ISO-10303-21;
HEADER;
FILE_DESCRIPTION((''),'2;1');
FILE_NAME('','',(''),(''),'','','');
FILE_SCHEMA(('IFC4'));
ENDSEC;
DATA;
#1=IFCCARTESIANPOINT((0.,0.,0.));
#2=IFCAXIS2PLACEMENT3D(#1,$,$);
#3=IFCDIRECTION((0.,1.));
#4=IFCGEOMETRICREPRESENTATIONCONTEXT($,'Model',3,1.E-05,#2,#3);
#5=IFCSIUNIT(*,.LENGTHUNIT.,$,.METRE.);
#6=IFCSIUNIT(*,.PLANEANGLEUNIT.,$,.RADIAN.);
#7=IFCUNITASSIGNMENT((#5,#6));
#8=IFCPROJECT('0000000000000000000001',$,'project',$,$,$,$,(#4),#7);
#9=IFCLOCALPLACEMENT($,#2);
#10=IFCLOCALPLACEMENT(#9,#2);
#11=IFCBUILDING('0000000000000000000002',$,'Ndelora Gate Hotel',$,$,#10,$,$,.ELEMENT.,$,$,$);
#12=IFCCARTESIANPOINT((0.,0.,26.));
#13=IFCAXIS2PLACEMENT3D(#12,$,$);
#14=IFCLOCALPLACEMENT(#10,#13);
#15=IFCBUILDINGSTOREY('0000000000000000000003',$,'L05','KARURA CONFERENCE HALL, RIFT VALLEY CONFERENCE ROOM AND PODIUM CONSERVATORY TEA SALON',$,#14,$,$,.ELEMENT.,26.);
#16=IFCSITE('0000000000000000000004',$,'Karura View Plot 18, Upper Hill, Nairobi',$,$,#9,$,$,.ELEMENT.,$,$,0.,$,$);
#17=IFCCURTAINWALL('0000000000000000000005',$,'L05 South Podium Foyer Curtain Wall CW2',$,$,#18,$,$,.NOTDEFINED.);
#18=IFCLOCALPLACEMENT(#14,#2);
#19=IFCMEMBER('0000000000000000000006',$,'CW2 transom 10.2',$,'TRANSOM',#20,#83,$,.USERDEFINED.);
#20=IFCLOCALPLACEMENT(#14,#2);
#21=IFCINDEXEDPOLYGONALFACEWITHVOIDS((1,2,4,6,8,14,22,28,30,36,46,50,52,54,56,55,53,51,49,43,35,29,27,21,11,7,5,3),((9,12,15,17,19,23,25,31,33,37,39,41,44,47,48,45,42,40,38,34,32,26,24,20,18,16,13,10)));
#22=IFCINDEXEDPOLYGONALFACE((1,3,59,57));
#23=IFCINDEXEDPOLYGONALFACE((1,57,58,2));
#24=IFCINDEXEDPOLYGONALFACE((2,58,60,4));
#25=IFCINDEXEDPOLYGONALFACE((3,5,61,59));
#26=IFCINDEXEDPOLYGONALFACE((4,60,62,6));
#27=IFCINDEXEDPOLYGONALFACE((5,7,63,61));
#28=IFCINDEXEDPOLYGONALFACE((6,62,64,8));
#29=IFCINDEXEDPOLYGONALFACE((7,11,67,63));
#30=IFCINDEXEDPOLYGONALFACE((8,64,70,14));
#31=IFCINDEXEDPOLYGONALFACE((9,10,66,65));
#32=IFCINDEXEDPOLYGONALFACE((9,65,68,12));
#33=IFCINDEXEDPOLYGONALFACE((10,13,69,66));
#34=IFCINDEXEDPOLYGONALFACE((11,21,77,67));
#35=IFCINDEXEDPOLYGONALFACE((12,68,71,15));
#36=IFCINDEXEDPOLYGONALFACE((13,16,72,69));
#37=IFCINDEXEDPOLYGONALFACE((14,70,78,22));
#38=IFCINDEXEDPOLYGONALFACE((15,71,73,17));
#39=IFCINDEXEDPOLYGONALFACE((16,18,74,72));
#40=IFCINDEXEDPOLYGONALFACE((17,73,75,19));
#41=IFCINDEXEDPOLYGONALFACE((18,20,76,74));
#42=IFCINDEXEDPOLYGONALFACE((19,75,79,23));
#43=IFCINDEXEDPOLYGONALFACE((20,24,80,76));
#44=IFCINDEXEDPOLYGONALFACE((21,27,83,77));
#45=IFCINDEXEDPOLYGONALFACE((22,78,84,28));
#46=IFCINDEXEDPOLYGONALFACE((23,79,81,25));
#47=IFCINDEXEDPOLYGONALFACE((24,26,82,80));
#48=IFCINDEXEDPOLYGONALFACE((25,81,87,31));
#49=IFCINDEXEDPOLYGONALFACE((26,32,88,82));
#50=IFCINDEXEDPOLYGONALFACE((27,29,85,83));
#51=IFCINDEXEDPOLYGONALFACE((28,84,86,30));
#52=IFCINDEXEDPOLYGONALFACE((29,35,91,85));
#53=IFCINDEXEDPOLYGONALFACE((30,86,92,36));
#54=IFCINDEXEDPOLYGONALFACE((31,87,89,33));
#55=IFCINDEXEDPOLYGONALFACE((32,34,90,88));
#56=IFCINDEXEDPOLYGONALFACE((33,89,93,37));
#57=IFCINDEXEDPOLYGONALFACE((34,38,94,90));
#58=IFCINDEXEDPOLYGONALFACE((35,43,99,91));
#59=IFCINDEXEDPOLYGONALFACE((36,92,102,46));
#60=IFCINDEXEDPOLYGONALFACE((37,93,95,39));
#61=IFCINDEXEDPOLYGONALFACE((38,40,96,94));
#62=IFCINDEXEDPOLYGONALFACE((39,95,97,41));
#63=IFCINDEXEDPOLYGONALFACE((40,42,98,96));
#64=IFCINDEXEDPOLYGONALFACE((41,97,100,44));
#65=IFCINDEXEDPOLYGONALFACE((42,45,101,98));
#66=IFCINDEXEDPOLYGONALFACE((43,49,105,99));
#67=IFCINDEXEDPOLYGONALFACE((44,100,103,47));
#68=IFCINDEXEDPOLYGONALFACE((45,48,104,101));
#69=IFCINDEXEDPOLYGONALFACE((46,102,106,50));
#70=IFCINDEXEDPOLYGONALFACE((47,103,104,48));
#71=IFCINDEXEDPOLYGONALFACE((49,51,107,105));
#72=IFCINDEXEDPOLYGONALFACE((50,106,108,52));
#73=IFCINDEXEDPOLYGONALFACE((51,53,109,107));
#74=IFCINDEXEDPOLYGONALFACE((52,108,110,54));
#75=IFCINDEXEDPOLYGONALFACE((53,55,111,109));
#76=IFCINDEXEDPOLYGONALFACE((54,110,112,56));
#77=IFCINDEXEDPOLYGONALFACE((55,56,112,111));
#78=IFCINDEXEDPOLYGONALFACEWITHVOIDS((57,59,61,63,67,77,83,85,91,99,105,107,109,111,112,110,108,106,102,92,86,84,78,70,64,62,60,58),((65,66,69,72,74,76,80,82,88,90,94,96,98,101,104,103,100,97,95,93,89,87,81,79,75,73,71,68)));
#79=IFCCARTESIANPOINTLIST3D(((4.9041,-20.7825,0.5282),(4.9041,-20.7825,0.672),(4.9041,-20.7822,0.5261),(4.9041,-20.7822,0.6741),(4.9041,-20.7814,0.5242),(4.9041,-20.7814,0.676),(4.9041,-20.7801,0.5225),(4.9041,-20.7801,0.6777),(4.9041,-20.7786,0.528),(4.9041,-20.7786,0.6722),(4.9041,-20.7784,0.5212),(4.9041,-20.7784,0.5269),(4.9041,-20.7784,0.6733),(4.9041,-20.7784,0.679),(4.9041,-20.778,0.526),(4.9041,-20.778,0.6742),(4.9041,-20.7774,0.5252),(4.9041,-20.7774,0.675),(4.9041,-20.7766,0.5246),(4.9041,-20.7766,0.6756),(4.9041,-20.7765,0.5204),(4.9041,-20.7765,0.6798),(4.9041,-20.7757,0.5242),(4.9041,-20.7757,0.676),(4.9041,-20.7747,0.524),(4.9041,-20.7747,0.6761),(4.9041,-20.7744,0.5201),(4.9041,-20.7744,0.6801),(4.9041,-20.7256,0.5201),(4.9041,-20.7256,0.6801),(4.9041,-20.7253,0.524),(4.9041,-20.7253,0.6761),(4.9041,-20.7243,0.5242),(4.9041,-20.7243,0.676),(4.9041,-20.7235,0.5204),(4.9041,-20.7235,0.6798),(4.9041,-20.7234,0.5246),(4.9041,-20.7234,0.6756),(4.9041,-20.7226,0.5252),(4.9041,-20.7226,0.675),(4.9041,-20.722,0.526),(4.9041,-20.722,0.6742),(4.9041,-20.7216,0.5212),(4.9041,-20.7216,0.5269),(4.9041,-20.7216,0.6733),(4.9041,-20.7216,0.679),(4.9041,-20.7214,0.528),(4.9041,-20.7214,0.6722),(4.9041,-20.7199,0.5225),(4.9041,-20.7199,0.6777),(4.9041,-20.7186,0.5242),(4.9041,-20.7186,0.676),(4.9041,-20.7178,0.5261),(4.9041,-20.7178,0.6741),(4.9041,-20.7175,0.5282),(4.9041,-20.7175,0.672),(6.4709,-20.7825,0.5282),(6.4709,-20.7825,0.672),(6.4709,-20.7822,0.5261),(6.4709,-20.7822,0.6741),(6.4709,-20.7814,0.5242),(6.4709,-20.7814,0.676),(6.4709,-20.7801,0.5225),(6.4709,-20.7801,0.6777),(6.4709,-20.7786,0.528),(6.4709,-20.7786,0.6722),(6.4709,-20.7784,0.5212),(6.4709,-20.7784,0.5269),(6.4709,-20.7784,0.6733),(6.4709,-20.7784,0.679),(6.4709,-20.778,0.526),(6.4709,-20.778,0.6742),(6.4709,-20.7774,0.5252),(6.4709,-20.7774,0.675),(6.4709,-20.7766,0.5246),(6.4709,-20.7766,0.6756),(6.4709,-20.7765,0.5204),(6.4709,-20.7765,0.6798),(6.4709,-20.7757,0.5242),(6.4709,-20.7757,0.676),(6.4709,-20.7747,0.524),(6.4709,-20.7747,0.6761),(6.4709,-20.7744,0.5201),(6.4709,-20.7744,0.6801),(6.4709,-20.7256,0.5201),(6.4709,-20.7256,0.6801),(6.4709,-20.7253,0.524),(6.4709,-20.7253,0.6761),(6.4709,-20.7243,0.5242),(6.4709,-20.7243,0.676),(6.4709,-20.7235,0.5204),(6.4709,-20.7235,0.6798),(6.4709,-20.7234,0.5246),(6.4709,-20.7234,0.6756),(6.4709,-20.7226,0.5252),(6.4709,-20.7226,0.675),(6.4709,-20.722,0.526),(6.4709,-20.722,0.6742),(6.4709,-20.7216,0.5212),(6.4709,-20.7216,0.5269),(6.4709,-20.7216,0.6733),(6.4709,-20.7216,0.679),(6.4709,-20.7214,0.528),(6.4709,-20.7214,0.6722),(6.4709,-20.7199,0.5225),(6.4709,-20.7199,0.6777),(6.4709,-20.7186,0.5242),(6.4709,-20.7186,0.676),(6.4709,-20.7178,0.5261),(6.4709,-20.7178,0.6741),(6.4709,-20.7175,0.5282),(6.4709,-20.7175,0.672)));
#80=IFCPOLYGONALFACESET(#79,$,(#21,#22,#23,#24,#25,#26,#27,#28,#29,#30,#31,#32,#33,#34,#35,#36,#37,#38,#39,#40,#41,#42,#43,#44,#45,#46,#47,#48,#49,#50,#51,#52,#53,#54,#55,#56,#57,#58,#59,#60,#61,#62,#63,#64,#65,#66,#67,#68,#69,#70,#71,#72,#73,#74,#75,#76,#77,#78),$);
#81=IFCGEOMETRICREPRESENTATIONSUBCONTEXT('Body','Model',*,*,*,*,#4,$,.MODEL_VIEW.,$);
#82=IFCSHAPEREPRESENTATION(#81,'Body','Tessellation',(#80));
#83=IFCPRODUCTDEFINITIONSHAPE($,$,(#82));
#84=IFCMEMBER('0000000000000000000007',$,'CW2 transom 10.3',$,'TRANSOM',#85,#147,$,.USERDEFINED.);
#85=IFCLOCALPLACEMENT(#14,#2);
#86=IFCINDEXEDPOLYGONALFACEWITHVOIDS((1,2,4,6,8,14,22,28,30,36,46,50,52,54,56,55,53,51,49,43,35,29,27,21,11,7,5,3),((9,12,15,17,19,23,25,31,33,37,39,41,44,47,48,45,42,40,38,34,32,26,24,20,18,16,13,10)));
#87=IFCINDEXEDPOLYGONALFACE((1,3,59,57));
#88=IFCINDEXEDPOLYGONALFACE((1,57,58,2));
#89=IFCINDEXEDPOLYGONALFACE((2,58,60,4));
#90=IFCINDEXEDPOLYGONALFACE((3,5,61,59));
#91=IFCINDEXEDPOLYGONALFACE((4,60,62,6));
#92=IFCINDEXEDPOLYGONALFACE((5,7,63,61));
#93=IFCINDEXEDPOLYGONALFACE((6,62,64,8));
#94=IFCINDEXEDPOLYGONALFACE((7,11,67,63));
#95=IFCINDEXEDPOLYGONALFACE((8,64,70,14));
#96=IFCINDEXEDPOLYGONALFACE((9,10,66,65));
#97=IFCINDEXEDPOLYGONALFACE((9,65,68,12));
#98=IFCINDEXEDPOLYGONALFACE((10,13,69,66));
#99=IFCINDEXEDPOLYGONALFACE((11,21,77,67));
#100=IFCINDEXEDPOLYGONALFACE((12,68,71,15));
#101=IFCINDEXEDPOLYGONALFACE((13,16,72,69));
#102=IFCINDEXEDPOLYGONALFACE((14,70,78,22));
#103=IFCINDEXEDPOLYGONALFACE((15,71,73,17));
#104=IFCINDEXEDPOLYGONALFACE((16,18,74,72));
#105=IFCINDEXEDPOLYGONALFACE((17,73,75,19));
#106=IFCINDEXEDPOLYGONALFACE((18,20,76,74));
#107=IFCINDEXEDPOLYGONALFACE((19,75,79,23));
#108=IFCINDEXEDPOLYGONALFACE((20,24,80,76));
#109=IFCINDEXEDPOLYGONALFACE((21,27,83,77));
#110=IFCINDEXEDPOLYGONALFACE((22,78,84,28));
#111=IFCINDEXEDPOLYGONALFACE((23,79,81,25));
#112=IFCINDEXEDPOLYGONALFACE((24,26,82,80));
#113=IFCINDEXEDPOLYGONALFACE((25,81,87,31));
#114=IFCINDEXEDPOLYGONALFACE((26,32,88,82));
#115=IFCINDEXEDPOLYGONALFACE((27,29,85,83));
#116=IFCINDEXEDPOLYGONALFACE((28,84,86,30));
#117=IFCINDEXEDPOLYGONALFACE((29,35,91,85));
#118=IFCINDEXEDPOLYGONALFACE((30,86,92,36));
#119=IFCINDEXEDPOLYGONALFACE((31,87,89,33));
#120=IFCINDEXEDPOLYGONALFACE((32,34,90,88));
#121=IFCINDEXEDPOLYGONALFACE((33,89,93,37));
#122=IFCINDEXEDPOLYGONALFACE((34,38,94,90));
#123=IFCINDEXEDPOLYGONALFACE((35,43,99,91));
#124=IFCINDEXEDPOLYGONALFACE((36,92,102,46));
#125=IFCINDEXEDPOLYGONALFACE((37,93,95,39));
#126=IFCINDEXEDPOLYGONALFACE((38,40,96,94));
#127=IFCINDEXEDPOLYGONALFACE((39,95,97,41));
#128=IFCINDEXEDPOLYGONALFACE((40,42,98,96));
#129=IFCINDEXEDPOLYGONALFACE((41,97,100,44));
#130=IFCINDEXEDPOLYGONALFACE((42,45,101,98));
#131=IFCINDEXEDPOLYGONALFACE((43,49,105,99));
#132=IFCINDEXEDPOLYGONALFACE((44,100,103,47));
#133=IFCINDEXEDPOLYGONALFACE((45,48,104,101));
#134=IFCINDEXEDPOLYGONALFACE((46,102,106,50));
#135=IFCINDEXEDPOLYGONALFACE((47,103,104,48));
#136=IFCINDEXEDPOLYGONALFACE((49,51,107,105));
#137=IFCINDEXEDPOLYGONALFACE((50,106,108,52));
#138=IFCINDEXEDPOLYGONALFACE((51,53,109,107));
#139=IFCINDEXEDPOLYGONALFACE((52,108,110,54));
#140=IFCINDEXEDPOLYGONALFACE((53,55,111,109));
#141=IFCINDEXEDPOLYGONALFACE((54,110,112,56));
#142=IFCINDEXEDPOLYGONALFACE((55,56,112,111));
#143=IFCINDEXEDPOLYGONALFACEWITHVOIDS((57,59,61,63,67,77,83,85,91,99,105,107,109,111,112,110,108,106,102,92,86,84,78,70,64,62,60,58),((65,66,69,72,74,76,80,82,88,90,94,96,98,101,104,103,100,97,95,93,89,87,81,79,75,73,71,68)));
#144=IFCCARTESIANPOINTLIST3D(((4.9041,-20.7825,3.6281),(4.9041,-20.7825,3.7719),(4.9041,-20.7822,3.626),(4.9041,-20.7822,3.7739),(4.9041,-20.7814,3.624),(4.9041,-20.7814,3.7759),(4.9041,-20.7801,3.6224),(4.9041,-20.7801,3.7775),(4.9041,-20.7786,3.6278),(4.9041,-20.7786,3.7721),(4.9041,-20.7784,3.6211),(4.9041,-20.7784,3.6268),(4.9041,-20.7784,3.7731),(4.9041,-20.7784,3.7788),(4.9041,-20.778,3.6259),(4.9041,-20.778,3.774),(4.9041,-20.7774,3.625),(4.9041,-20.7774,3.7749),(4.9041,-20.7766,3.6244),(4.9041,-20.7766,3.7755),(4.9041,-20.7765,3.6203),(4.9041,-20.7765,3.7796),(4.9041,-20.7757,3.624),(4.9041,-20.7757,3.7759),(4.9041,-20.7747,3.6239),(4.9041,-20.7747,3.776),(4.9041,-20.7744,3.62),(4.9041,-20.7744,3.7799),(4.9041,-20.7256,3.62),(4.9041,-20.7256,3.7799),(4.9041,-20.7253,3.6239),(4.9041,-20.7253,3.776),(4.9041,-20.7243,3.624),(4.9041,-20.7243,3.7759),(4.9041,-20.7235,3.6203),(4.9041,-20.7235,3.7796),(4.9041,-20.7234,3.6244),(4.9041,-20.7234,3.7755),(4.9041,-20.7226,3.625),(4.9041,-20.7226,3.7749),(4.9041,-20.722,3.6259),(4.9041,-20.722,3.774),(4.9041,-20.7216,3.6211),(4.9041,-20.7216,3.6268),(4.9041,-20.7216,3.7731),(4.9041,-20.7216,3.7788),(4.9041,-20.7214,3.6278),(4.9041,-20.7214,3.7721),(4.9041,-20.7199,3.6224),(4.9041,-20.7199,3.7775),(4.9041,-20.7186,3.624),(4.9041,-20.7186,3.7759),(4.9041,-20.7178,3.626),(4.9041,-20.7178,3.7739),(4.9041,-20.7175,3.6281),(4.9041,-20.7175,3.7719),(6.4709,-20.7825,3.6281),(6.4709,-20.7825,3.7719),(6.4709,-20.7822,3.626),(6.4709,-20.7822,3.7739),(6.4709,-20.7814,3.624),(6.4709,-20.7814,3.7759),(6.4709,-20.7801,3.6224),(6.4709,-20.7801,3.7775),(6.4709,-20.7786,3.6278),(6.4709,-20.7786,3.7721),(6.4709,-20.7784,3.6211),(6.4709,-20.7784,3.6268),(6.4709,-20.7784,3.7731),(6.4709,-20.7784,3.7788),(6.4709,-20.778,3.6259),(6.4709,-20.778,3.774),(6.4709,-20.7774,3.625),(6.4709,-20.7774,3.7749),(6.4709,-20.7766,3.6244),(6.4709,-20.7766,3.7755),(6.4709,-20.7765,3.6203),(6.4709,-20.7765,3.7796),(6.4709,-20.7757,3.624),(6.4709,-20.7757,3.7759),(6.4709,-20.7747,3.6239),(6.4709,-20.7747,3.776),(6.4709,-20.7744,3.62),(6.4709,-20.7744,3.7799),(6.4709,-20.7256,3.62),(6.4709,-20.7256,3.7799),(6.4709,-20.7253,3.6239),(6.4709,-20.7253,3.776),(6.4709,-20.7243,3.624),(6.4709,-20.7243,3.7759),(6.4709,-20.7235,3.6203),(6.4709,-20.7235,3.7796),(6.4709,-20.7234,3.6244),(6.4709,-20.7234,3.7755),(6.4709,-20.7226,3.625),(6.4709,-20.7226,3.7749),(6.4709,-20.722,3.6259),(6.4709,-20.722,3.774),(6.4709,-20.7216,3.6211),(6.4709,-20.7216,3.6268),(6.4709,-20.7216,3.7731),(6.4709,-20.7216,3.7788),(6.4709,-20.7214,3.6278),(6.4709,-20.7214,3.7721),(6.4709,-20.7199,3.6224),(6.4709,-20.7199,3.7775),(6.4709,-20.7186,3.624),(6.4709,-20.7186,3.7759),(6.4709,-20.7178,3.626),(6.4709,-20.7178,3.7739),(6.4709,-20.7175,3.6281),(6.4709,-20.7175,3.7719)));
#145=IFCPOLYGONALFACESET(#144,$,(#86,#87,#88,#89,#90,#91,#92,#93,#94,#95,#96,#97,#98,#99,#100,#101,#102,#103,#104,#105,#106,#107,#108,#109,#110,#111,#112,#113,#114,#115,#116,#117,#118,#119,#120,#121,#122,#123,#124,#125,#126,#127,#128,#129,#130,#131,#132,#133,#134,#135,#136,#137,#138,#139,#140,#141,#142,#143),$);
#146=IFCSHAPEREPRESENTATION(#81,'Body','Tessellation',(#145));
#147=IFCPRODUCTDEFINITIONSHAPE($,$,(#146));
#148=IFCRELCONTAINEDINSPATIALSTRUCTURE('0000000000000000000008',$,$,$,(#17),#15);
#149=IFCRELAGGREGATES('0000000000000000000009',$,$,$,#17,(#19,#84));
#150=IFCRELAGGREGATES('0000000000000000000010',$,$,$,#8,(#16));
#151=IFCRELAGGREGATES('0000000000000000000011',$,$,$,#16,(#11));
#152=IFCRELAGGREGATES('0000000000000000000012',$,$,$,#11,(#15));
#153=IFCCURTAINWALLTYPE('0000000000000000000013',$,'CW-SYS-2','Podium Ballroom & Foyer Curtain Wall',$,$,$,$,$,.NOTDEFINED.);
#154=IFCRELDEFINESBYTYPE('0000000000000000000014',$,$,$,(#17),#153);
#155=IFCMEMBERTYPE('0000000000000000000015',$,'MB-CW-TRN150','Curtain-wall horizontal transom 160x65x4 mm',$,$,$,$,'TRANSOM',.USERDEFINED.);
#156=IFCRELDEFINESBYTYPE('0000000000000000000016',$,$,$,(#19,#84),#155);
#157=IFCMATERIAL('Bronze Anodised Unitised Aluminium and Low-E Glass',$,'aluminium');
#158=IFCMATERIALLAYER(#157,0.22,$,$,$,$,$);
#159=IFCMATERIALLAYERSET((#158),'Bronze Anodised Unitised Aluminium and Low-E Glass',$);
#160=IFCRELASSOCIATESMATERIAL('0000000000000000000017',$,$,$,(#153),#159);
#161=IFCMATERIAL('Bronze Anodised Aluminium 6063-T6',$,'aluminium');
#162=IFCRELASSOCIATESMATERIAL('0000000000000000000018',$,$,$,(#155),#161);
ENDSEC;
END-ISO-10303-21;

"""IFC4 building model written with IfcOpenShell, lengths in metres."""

from ifc_helpers import new_model, si_unit, direction, frame, origin, origin_2d, place, context, subcontext, project, spatial, hollow_rectangle, extrude, material, layer, layer_set, material_profile, profile_set, type_object, element, aggregate, save


model = new_model("IFC4")

# Units and contexts
model_context = context("Model", 3, precision=1e-05, world=origin(), true_north=direction((0.0, 1.0)))
body_context = subcontext(model_context, "Body", "Model", "MODEL_VIEW")
ifc_project = project(units=[si_unit("LENGTHUNIT", "METRE"), si_unit("PLANEANGLEUNIT", "RADIAN")], contexts=[model_context])

# Site, building, storey
site_placement = place(None, origin())
site = spatial("IfcSite", under=ifc_project, at=site_placement, Name="Karura View Plot 18, Upper Hill, Nairobi", CompositionType="ELEMENT", RefElevation=0.0)
building_placement = place(site_placement, origin())
building = spatial("IfcBuilding", under=site, at=building_placement, Name="Ndelora Gate Hotel", CompositionType="ELEMENT")
storey_placement = place(building_placement, frame((0.0, 0.0, 26.0)))
storey = spatial("IfcBuildingStorey", under=building, at=storey_placement, Name="L05", Description="KARURA CONFERENCE HALL, RIFT VALLEY CONFERENCE ROOM AND PODIUM CONSERVATORY TEA SALON", CompositionType="ELEMENT", Elevation=26.0)

# Curtain wall, members
ifc_material_1 = material(Name="Bronze Anodised Unitised Aluminium and Low-E Glass", Category="aluminium")
ifc_layer_1 = layer(ifc_material_1, 0.22)
ifc_layer_set_1 = layer_set([ifc_layer_1], Name="Bronze Anodised Unitised Aluminium and Low-E Glass")
curtain_wall_type = type_object("IfcCurtainWallType", Name="CW-SYS-2", Description="Podium Ballroom & Foyer Curtain Wall", PredefinedType="NOTDEFINED", material=ifc_layer_set_1)
curtain_wall_placement = place(storey_placement, origin())
curtain_wall = element("IfcCurtainWall", 1, at=curtain_wall_placement, inside=storey, type_object=curtain_wall_type, Name="L05 South Podium Foyer Curtain Wall CW2", PredefinedType="NOTDEFINED")
ifc_material_2 = material(Name="Bronze Anodised Aluminium 6063-T6", Category="aluminium")
ifc_material_profile_1 = material_profile(ifc_material_2, hollow_rectangle(XDim=0.0649, YDim=0.1599, WallThickness=0.0039, InnerFilletRadius=0.0039, OuterFilletRadius=0.0081, at=origin_2d()), Name="ALU 160x65x4")
ifc_profile_set_1 = profile_set([ifc_material_profile_1], Name="Bronze Anodised Aluminium 6063-T6")
member_type_1 = type_object("IfcMemberType", Name="MB-CW-TRN150", Description="Curtain-wall horizontal transom 160x65x4 mm", ElementType="TRANSOM", PredefinedType="USERDEFINED", material=ifc_profile_set_1)
member_1_placement = place(storey_placement, frame((4.9041, -20.75, 0.6001), z_axis=(1.0, 0.0, 0.0), x_axis=(0.0, 1.0, 0.0)))
member_1 = element("IfcMember", 2, at=member_1_placement, type_object=member_type_1, Name="CW2 transom 10.2", ObjectType="TRANSOM", PredefinedType="USERDEFINED", context=body_context, shape_type="SweptSolid", body=[
    extrude(hollow_rectangle(XDim=0.0649, YDim=0.1599, WallThickness=0.0039, InnerFilletRadius=0.0039, OuterFilletRadius=0.0081, at=origin_2d()), origin(), (0.0, 0.0, 1.0), 1.5669),
])
member_2_placement = place(storey_placement, frame((4.9041, -20.75, 3.7), z_axis=(1.0, 0.0, 0.0), x_axis=(0.0, 1.0, 0.0)))
member_2 = element("IfcMember", 3, at=member_2_placement, type_object=member_type_1, Name="CW2 transom 10.3", ObjectType="TRANSOM", PredefinedType="USERDEFINED", context=body_context, shape_type="SweptSolid", body=[
    extrude(hollow_rectangle(XDim=0.0649, YDim=0.1599, WallThickness=0.0039, InnerFilletRadius=0.0039, OuterFilletRadius=0.0081, at=origin_2d()), origin(), (0.0, 0.0, 1.0), 1.5669),
])
aggregate(curtain_wall, [member_1, member_2])

save(model, "model.ifc")
